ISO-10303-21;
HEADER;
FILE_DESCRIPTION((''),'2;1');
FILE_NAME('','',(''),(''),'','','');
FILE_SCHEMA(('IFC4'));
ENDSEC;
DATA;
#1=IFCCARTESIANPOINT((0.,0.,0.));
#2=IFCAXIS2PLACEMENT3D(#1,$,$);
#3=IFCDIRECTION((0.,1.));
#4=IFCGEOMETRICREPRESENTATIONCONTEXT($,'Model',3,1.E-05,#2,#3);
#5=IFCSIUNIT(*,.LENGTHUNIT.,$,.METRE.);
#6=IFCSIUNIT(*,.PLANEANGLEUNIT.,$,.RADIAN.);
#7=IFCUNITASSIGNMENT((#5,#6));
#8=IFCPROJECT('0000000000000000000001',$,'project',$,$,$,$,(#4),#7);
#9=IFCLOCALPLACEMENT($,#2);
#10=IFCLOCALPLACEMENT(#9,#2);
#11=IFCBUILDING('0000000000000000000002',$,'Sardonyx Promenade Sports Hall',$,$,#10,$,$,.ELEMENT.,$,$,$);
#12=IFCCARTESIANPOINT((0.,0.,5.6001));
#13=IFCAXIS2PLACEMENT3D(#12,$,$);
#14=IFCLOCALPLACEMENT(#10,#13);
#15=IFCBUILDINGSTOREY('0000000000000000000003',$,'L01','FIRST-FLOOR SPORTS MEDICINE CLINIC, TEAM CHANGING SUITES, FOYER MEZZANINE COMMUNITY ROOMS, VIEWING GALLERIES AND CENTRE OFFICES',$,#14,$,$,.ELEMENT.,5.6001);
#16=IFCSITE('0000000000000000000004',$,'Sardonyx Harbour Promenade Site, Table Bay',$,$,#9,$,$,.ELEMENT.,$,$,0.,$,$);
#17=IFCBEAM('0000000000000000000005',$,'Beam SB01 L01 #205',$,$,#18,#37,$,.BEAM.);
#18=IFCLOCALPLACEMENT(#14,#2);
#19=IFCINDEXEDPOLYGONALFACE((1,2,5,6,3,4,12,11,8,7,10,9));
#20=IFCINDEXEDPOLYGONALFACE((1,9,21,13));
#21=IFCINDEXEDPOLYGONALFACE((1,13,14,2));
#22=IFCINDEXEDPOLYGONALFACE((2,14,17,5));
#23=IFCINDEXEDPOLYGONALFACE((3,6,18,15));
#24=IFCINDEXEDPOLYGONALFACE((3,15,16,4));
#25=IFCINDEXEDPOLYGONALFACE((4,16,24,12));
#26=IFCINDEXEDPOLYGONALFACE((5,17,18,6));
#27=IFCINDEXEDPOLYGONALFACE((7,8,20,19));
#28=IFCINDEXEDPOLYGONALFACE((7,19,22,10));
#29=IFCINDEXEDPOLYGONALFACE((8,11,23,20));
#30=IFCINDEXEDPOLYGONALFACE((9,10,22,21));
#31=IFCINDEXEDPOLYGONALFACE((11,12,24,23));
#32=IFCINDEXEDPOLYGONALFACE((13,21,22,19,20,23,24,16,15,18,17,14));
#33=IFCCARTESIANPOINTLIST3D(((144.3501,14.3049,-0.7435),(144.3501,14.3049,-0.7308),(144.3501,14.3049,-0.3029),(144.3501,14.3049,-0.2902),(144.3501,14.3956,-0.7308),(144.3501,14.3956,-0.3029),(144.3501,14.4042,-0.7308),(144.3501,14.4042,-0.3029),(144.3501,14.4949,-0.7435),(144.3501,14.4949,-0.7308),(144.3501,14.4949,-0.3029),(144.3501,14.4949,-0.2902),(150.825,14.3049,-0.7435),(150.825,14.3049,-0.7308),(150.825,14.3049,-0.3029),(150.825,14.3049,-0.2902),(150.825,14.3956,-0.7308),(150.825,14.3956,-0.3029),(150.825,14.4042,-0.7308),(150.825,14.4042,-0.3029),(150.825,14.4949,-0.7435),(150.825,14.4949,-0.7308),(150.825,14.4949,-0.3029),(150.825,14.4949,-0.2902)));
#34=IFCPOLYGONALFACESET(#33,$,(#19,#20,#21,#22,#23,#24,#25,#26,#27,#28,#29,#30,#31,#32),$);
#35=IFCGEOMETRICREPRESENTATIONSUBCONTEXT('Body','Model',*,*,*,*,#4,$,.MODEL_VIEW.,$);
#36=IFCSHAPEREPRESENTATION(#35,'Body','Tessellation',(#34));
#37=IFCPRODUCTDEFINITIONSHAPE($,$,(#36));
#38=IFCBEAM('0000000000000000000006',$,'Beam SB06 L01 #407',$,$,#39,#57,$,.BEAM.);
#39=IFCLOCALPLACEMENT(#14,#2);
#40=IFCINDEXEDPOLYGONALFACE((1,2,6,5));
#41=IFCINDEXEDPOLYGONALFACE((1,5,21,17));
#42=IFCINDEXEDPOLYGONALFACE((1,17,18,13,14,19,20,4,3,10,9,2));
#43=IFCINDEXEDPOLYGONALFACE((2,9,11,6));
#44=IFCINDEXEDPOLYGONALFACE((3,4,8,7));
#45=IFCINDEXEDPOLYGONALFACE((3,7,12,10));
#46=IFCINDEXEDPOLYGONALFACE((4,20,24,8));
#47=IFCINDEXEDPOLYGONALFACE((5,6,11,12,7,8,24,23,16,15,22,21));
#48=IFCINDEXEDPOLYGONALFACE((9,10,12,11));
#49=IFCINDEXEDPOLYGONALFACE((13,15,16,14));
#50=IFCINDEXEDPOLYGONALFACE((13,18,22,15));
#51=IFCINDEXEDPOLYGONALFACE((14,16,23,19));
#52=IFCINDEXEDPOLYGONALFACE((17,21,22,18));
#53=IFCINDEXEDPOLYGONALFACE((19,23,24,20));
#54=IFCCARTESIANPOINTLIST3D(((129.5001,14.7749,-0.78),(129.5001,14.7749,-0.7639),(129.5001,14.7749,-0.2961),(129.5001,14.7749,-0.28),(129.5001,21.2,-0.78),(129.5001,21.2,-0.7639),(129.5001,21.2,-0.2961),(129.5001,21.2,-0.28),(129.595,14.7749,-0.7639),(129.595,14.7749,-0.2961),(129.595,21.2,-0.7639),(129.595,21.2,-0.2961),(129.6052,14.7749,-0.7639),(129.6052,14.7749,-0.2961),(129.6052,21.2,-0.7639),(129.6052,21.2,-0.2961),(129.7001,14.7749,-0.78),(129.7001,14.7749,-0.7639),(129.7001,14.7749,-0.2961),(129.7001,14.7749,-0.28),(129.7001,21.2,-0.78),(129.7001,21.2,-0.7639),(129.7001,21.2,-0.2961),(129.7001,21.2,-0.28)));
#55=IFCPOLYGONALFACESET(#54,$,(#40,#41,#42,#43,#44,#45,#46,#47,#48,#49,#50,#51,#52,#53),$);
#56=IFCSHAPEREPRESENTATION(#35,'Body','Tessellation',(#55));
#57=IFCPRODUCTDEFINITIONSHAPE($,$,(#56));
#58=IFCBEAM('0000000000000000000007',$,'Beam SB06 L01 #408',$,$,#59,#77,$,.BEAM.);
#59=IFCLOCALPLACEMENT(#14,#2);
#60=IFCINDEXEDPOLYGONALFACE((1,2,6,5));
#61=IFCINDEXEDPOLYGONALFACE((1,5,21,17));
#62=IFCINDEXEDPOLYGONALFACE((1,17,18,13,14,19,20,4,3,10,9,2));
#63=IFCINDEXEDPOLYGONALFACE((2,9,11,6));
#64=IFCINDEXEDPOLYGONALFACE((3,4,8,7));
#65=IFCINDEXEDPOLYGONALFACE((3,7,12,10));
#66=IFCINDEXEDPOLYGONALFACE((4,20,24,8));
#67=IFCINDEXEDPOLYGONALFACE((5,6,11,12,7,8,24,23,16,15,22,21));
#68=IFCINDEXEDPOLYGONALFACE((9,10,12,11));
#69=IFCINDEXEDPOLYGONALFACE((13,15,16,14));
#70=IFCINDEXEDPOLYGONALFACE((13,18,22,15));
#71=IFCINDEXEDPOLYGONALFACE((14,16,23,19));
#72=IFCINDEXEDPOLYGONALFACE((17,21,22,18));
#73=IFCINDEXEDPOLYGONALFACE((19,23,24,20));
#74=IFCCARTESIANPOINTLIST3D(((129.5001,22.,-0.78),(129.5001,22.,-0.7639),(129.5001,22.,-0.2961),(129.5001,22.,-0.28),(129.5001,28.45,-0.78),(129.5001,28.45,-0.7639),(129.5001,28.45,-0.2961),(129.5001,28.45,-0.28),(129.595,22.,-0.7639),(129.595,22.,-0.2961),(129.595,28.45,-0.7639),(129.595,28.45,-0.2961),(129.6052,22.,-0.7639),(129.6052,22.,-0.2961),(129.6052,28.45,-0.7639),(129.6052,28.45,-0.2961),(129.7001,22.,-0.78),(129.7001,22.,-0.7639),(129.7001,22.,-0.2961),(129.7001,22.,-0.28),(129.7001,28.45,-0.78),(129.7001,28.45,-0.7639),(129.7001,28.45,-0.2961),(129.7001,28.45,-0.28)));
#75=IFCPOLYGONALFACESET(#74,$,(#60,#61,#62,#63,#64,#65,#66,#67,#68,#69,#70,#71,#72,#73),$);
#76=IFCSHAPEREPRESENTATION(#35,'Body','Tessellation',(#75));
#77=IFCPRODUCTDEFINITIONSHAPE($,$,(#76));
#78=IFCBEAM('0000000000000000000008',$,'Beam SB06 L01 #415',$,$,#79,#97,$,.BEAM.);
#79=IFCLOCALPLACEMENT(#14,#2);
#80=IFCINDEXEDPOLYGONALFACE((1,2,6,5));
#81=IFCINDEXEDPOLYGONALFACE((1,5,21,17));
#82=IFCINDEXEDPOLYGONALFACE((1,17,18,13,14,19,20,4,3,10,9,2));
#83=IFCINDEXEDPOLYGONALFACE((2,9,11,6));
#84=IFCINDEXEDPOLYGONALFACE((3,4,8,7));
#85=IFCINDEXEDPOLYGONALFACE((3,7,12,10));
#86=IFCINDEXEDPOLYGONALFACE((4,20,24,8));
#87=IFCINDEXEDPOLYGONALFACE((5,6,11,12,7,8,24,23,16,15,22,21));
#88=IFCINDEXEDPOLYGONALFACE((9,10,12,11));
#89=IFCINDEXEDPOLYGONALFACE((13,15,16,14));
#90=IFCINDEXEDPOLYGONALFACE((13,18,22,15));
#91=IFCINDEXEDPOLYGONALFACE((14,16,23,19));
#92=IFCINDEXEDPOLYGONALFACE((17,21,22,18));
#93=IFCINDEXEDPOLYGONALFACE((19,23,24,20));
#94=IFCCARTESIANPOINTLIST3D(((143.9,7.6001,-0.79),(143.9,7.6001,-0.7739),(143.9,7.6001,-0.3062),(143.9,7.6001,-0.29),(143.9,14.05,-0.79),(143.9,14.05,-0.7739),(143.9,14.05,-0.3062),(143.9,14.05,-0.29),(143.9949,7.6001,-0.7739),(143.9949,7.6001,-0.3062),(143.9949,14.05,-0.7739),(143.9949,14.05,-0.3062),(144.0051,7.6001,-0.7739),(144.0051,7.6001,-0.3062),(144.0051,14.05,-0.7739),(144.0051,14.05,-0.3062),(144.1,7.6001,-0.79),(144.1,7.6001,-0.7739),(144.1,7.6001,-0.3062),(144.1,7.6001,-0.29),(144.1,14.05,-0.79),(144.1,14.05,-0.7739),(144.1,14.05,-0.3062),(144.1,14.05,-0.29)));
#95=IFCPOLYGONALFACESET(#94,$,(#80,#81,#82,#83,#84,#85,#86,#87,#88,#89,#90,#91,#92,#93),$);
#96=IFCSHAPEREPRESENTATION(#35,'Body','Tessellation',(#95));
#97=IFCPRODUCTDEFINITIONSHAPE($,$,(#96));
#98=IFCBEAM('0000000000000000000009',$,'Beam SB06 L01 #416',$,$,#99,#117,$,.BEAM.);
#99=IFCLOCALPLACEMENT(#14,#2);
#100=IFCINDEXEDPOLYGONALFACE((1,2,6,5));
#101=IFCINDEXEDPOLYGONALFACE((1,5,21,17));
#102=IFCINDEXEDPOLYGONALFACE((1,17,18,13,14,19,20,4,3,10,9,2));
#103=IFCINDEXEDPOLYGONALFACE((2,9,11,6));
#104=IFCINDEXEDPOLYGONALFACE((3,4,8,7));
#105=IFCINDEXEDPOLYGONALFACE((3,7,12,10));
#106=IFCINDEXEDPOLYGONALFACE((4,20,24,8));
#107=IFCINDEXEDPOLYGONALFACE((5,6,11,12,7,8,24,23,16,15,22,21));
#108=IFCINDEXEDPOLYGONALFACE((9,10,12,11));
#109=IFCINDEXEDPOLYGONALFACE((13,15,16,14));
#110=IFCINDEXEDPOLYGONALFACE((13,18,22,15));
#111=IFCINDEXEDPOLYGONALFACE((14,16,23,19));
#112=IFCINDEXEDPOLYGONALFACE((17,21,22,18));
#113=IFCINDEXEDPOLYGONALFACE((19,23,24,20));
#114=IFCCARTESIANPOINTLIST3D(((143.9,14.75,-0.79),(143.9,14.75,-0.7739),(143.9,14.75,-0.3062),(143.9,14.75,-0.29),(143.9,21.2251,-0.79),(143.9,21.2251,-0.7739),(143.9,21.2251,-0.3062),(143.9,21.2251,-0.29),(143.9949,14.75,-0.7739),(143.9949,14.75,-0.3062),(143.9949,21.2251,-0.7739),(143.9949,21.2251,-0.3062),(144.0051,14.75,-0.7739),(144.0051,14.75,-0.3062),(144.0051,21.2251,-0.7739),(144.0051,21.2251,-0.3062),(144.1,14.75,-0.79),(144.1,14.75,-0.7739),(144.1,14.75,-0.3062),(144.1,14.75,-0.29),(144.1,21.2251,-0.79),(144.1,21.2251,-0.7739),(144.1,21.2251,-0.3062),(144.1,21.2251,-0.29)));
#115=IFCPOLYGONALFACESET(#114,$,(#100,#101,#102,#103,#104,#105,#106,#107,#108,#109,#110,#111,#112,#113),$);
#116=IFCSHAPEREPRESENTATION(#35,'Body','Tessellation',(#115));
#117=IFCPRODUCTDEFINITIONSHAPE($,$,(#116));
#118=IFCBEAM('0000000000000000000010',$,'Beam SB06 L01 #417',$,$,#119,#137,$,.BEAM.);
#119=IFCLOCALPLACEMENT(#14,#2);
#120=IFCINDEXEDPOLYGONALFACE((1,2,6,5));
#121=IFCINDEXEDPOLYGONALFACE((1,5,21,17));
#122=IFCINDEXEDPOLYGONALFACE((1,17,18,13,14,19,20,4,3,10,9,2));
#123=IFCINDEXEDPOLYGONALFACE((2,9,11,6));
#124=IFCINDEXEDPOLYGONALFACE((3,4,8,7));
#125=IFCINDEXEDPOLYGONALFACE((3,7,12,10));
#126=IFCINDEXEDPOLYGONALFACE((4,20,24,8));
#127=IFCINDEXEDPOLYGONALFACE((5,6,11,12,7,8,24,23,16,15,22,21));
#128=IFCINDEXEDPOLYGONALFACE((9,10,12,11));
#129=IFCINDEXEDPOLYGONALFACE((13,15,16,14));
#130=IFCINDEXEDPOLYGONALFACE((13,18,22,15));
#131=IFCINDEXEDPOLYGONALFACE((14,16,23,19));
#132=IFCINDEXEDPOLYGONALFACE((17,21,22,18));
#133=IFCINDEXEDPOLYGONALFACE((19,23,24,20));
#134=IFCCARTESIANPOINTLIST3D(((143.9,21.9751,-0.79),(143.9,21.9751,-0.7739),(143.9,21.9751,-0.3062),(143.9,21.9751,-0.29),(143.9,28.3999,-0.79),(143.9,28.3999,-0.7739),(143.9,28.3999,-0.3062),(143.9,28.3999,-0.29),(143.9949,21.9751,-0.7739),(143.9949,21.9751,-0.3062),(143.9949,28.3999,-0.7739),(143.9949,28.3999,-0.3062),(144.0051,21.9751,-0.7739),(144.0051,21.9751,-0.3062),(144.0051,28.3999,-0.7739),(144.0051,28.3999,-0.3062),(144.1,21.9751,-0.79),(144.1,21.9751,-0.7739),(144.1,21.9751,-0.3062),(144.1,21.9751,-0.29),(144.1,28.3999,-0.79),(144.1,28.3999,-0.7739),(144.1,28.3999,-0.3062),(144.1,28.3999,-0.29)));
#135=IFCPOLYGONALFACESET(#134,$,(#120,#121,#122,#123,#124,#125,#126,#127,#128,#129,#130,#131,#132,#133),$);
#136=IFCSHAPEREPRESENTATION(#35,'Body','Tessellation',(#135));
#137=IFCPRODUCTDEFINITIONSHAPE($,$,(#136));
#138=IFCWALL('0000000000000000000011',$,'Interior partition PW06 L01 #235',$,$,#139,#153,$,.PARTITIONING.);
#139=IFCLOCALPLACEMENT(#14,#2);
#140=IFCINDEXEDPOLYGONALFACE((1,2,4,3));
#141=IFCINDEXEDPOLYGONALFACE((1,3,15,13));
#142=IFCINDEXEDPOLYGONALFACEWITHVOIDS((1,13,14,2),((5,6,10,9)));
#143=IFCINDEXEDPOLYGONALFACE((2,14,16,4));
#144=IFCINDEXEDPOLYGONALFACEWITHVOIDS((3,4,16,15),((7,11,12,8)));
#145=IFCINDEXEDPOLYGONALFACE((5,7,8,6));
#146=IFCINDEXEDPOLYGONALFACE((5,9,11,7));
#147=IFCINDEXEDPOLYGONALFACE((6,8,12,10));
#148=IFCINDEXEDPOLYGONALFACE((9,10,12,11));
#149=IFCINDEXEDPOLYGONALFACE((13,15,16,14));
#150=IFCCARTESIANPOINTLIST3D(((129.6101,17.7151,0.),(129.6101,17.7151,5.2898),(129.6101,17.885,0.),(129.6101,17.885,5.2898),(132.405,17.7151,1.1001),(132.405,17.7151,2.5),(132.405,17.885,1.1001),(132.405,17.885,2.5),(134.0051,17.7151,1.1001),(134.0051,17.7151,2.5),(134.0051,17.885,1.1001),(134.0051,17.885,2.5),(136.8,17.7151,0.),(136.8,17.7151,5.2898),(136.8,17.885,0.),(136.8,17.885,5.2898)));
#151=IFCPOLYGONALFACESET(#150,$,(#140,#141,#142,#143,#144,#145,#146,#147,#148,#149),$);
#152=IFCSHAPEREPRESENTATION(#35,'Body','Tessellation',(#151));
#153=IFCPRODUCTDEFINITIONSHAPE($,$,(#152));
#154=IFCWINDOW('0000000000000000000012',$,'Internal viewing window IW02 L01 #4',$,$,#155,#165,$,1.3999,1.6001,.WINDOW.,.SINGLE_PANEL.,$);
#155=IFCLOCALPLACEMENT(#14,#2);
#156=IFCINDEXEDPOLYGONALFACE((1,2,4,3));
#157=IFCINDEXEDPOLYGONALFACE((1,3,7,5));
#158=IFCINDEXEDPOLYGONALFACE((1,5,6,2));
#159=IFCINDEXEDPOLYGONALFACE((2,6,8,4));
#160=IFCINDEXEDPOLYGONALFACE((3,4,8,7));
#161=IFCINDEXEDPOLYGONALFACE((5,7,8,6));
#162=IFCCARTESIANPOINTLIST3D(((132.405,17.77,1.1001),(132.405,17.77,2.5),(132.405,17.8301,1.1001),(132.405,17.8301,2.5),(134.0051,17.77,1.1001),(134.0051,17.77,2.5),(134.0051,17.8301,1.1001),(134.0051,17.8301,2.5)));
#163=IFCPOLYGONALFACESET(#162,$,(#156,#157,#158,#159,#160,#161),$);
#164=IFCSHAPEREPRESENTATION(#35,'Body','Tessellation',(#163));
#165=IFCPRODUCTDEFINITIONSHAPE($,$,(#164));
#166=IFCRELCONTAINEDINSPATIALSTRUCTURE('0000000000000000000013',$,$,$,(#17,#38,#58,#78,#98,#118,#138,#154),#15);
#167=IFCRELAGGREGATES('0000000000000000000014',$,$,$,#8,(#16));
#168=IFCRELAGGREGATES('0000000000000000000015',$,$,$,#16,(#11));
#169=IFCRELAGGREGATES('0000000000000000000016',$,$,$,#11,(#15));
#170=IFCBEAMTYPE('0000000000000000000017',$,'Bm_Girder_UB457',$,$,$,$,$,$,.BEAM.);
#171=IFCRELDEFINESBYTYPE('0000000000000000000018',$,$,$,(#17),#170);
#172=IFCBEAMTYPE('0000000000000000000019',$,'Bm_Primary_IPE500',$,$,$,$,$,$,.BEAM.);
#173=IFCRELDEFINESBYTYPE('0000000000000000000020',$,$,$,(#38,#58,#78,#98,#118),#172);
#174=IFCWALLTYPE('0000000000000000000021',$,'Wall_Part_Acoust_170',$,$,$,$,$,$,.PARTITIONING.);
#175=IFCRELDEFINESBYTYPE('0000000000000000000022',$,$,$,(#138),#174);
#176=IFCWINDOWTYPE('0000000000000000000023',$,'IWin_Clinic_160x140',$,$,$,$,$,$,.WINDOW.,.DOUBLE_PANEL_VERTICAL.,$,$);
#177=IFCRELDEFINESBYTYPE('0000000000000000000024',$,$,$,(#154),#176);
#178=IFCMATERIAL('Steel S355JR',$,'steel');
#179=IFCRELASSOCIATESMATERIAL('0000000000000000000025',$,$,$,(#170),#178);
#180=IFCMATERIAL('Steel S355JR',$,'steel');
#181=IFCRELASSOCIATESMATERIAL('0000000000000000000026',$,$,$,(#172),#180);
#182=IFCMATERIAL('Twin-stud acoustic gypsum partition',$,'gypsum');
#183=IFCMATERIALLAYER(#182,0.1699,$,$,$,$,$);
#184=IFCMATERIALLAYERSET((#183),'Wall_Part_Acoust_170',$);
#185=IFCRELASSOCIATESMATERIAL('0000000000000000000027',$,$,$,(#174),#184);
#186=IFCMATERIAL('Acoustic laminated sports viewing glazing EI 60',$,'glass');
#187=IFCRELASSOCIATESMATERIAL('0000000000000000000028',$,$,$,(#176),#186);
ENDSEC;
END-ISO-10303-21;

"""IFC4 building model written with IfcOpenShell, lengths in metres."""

from ifc_helpers import new_model, si_unit, direction, frame, frame_2d, origin, origin_2d, place, context, subcontext, project, spatial, rectangle, i_section, extrude, material, layer, layer_set, material_profile, profile_set, type_object, element, fill, save


model = new_model("IFC4")

# Units and contexts
model_context = context("Model", 3, precision=1e-05, world=origin(), true_north=direction((0.0, 1.0)))
body_context = subcontext(model_context, "Body", "Model", "MODEL_VIEW")
ifc_project = project(units=[si_unit("LENGTHUNIT", "METRE"), si_unit("PLANEANGLEUNIT", "RADIAN")], contexts=[model_context])

# Site, building, storey
site_placement = place(None, origin())
site = spatial("IfcSite", under=ifc_project, at=site_placement, Name="Sardonyx Harbour Promenade Site, Table Bay", CompositionType="ELEMENT", RefElevation=0.0)
building_placement = place(site_placement, origin())
building = spatial("IfcBuilding", under=site, at=building_placement, Name="Sardonyx Promenade Sports Hall", CompositionType="ELEMENT")
storey_placement = place(building_placement, frame((0.0, 0.0, 5.6001)))
storey = spatial("IfcBuildingStorey", under=building, at=storey_placement, Name="L01", Description="FIRST-FLOOR SPORTS MEDICINE CLINIC, TEAM CHANGING SUITES, FOYER MEZZANINE COMMUNITY ROOMS, VIEWING GALLERIES AND CENTRE OFFICES", CompositionType="ELEMENT", Elevation=5.6001)

# Beams
ifc_material_1 = material(Name="Steel S355JR", Category="steel")
ifc_material_profile_1 = material_profile(ifc_material_1, i_section(OverallWidth=0.1899, OverallDepth=0.4534, WebThickness=0.0085, FlangeThickness=0.0127, at=origin_2d()))
ifc_profile_set_1 = profile_set([ifc_material_profile_1], Name="Steel S355JR")
beam_type_1 = type_object("IfcBeamType", Name="Bm_Girder_UB457", PredefinedType="BEAM", material=ifc_profile_set_1)
beam_1_placement = place(storey_placement, frame((144.3501, 14.3999, -0.5168), z_axis=(1.0, 0.0, 0.0), x_axis=(0.0, 1.0, 0.0)))
element("IfcBeam", 1, at=beam_1_placement, inside=storey, type_object=beam_type_1, Name="Beam SB01 L01 #205", PredefinedType="BEAM", context=body_context, shape_type="SweptSolid", body=[
    extrude(i_section(OverallWidth=0.1899, OverallDepth=0.4534, WebThickness=0.0085, FlangeThickness=0.0127, at=origin_2d()), origin(), (0.0, 0.0, 1.0), 6.4749),
])
ifc_material_2 = material(Name="Steel S355JR", Category="steel")
ifc_material_profile_2 = material_profile(ifc_material_2, i_section(OverallWidth=0.2, OverallDepth=0.5, WebThickness=0.0103, FlangeThickness=0.0161, at=origin_2d()))
ifc_profile_set_2 = profile_set([ifc_material_profile_2], Name="Steel S355JR")
beam_type_2 = type_object("IfcBeamType", Name="Bm_Primary_IPE500", PredefinedType="BEAM", material=ifc_profile_set_2)
beam_2_placement = place(storey_placement, frame((129.6001, 14.7749, -0.53), z_axis=(0.0, 1.0, 0.0), x_axis=(-1.0, 0.0, 0.0)))
element("IfcBeam", 2, at=beam_2_placement, inside=storey, type_object=beam_type_2, Name="Beam SB06 L01 #407", PredefinedType="BEAM", context=body_context, shape_type="SweptSolid", body=[
    extrude(i_section(OverallWidth=0.2, OverallDepth=0.5, WebThickness=0.0103, FlangeThickness=0.0161, at=origin_2d()), origin(), (0.0, 0.0, 1.0), 6.425),
])
for number, where, z_axis, x_axis, name in (
    (3, (129.6001, 22.0, -0.53), (0.0, 1.0, 0.0), (-1.0, 0.0, 0.0), "Beam SB06 L01 #408"),
    (4, (144.0, 7.6001, -0.54), (0.0, 1.0, 0.0), (-1.0, 0.0, 0.0), "Beam SB06 L01 #415"),
):
    element("IfcBeam", number, at=place(storey_placement, frame(where, z_axis=z_axis, x_axis=x_axis)), inside=storey, type_object=beam_type_2, Name=name, PredefinedType="BEAM", context=body_context, shape_type="SweptSolid", body=[
        extrude(i_section(OverallWidth=0.2, OverallDepth=0.5, WebThickness=0.0103, FlangeThickness=0.0161, at=origin_2d()), origin(), (0.0, 0.0, 1.0), 6.45),
    ])
beam_3_placement = place(storey_placement, frame((144.0, 14.75, -0.54), z_axis=(0.0, 1.0, 0.0), x_axis=(-1.0, 0.0, 0.0)))
element("IfcBeam", 5, at=beam_3_placement, inside=storey, type_object=beam_type_2, Name="Beam SB06 L01 #416", PredefinedType="BEAM", context=body_context, shape_type="SweptSolid", body=[
    extrude(i_section(OverallWidth=0.2, OverallDepth=0.5, WebThickness=0.0103, FlangeThickness=0.0161, at=origin_2d()), origin(), (0.0, 0.0, 1.0), 6.4751),
])
beam_4_placement = place(storey_placement, frame((144.0, 21.9751, -0.54), z_axis=(0.0, 1.0, 0.0), x_axis=(-1.0, 0.0, 0.0)))
element("IfcBeam", 6, at=beam_4_placement, inside=storey, type_object=beam_type_2, Name="Beam SB06 L01 #417", PredefinedType="BEAM", context=body_context, shape_type="SweptSolid", body=[
    extrude(i_section(OverallWidth=0.2, OverallDepth=0.5, WebThickness=0.0103, FlangeThickness=0.0161, at=origin_2d()), origin(), (0.0, 0.0, 1.0), 6.4248),
])

# Wall, opening, window
ifc_material_3 = material(Name="Twin-stud acoustic gypsum partition", Category="gypsum")
ifc_layer_1 = layer(ifc_material_3, 0.1699)
ifc_layer_set_1 = layer_set([ifc_layer_1], Name="Wall_Part_Acoust_170")
wall_type_1 = type_object("IfcWallType", Name="Wall_Part_Acoust_170", PredefinedType="PARTITIONING", material=ifc_layer_set_1)
wall_1_placement = place(storey_placement, frame((129.6101, 17.8, 0.0), z_axis=(0.0, 0.0, 1.0), x_axis=(1.0, 0.0, 0.0)))
wall_1 = element("IfcWall", 7, at=wall_1_placement, inside=storey, type_object=wall_type_1, Name="Interior partition PW06 L01 #235", PredefinedType="PARTITIONING", context=body_context, shape_type="SweptSolid", body=[
    extrude(rectangle(XDim=7.1899, YDim=0.1699, at=frame_2d((3.595, 0.0))), origin(), (0.0, 0.0, 1.0), 5.2898),
])
opening_1_placement = place(wall_1_placement, frame((2.7949, 0.0, 1.1001)))
opening_1 = element("IfcOpeningElement", 8, at=opening_1_placement, cuts=wall_1, PredefinedType="OPENING", context=body_context, shape_type="SweptSolid", body=[
    extrude(rectangle(XDim=1.6001, YDim=1.3999, at=frame_2d((0.8, 0.7))), frame((0.0, 0.095, 0.0), z_axis=(0.0, -1.0, 0.0), x_axis=(1.0, 0.0, 0.0)), (0.0, 0.0, 1.0), 0.19),
])
ifc_material_4 = material(Name="Acoustic laminated sports viewing glazing EI 60", Category="glass")
window_type_1 = type_object("IfcWindowType", Name="IWin_Clinic_160x140", PartitioningType="DOUBLE_PANEL_VERTICAL", PredefinedType="WINDOW", material=ifc_material_4)
window_1_placement = place(opening_1_placement, origin())
window_1 = element("IfcWindow", 9, at=window_1_placement, inside=storey, type_object=window_type_1, Name="Internal viewing window IW02 L01 #4", OverallHeight=1.3999, OverallWidth=1.6001, PartitioningType="SINGLE_PANEL", PredefinedType="WINDOW", context=body_context, shape_type="SweptSolid", body=[
    extrude(rectangle(XDim=1.6001, YDim=1.3999, at=frame_2d((0.8, 0.7))), frame((0.0, 0.03, 0.0), z_axis=(0.0, -1.0, 0.0), x_axis=(1.0, 0.0, 0.0)), (0.0, 0.0, 1.0), 0.0601),
])
fill(opening_1, window_1)

save(model, "model.ifc")
